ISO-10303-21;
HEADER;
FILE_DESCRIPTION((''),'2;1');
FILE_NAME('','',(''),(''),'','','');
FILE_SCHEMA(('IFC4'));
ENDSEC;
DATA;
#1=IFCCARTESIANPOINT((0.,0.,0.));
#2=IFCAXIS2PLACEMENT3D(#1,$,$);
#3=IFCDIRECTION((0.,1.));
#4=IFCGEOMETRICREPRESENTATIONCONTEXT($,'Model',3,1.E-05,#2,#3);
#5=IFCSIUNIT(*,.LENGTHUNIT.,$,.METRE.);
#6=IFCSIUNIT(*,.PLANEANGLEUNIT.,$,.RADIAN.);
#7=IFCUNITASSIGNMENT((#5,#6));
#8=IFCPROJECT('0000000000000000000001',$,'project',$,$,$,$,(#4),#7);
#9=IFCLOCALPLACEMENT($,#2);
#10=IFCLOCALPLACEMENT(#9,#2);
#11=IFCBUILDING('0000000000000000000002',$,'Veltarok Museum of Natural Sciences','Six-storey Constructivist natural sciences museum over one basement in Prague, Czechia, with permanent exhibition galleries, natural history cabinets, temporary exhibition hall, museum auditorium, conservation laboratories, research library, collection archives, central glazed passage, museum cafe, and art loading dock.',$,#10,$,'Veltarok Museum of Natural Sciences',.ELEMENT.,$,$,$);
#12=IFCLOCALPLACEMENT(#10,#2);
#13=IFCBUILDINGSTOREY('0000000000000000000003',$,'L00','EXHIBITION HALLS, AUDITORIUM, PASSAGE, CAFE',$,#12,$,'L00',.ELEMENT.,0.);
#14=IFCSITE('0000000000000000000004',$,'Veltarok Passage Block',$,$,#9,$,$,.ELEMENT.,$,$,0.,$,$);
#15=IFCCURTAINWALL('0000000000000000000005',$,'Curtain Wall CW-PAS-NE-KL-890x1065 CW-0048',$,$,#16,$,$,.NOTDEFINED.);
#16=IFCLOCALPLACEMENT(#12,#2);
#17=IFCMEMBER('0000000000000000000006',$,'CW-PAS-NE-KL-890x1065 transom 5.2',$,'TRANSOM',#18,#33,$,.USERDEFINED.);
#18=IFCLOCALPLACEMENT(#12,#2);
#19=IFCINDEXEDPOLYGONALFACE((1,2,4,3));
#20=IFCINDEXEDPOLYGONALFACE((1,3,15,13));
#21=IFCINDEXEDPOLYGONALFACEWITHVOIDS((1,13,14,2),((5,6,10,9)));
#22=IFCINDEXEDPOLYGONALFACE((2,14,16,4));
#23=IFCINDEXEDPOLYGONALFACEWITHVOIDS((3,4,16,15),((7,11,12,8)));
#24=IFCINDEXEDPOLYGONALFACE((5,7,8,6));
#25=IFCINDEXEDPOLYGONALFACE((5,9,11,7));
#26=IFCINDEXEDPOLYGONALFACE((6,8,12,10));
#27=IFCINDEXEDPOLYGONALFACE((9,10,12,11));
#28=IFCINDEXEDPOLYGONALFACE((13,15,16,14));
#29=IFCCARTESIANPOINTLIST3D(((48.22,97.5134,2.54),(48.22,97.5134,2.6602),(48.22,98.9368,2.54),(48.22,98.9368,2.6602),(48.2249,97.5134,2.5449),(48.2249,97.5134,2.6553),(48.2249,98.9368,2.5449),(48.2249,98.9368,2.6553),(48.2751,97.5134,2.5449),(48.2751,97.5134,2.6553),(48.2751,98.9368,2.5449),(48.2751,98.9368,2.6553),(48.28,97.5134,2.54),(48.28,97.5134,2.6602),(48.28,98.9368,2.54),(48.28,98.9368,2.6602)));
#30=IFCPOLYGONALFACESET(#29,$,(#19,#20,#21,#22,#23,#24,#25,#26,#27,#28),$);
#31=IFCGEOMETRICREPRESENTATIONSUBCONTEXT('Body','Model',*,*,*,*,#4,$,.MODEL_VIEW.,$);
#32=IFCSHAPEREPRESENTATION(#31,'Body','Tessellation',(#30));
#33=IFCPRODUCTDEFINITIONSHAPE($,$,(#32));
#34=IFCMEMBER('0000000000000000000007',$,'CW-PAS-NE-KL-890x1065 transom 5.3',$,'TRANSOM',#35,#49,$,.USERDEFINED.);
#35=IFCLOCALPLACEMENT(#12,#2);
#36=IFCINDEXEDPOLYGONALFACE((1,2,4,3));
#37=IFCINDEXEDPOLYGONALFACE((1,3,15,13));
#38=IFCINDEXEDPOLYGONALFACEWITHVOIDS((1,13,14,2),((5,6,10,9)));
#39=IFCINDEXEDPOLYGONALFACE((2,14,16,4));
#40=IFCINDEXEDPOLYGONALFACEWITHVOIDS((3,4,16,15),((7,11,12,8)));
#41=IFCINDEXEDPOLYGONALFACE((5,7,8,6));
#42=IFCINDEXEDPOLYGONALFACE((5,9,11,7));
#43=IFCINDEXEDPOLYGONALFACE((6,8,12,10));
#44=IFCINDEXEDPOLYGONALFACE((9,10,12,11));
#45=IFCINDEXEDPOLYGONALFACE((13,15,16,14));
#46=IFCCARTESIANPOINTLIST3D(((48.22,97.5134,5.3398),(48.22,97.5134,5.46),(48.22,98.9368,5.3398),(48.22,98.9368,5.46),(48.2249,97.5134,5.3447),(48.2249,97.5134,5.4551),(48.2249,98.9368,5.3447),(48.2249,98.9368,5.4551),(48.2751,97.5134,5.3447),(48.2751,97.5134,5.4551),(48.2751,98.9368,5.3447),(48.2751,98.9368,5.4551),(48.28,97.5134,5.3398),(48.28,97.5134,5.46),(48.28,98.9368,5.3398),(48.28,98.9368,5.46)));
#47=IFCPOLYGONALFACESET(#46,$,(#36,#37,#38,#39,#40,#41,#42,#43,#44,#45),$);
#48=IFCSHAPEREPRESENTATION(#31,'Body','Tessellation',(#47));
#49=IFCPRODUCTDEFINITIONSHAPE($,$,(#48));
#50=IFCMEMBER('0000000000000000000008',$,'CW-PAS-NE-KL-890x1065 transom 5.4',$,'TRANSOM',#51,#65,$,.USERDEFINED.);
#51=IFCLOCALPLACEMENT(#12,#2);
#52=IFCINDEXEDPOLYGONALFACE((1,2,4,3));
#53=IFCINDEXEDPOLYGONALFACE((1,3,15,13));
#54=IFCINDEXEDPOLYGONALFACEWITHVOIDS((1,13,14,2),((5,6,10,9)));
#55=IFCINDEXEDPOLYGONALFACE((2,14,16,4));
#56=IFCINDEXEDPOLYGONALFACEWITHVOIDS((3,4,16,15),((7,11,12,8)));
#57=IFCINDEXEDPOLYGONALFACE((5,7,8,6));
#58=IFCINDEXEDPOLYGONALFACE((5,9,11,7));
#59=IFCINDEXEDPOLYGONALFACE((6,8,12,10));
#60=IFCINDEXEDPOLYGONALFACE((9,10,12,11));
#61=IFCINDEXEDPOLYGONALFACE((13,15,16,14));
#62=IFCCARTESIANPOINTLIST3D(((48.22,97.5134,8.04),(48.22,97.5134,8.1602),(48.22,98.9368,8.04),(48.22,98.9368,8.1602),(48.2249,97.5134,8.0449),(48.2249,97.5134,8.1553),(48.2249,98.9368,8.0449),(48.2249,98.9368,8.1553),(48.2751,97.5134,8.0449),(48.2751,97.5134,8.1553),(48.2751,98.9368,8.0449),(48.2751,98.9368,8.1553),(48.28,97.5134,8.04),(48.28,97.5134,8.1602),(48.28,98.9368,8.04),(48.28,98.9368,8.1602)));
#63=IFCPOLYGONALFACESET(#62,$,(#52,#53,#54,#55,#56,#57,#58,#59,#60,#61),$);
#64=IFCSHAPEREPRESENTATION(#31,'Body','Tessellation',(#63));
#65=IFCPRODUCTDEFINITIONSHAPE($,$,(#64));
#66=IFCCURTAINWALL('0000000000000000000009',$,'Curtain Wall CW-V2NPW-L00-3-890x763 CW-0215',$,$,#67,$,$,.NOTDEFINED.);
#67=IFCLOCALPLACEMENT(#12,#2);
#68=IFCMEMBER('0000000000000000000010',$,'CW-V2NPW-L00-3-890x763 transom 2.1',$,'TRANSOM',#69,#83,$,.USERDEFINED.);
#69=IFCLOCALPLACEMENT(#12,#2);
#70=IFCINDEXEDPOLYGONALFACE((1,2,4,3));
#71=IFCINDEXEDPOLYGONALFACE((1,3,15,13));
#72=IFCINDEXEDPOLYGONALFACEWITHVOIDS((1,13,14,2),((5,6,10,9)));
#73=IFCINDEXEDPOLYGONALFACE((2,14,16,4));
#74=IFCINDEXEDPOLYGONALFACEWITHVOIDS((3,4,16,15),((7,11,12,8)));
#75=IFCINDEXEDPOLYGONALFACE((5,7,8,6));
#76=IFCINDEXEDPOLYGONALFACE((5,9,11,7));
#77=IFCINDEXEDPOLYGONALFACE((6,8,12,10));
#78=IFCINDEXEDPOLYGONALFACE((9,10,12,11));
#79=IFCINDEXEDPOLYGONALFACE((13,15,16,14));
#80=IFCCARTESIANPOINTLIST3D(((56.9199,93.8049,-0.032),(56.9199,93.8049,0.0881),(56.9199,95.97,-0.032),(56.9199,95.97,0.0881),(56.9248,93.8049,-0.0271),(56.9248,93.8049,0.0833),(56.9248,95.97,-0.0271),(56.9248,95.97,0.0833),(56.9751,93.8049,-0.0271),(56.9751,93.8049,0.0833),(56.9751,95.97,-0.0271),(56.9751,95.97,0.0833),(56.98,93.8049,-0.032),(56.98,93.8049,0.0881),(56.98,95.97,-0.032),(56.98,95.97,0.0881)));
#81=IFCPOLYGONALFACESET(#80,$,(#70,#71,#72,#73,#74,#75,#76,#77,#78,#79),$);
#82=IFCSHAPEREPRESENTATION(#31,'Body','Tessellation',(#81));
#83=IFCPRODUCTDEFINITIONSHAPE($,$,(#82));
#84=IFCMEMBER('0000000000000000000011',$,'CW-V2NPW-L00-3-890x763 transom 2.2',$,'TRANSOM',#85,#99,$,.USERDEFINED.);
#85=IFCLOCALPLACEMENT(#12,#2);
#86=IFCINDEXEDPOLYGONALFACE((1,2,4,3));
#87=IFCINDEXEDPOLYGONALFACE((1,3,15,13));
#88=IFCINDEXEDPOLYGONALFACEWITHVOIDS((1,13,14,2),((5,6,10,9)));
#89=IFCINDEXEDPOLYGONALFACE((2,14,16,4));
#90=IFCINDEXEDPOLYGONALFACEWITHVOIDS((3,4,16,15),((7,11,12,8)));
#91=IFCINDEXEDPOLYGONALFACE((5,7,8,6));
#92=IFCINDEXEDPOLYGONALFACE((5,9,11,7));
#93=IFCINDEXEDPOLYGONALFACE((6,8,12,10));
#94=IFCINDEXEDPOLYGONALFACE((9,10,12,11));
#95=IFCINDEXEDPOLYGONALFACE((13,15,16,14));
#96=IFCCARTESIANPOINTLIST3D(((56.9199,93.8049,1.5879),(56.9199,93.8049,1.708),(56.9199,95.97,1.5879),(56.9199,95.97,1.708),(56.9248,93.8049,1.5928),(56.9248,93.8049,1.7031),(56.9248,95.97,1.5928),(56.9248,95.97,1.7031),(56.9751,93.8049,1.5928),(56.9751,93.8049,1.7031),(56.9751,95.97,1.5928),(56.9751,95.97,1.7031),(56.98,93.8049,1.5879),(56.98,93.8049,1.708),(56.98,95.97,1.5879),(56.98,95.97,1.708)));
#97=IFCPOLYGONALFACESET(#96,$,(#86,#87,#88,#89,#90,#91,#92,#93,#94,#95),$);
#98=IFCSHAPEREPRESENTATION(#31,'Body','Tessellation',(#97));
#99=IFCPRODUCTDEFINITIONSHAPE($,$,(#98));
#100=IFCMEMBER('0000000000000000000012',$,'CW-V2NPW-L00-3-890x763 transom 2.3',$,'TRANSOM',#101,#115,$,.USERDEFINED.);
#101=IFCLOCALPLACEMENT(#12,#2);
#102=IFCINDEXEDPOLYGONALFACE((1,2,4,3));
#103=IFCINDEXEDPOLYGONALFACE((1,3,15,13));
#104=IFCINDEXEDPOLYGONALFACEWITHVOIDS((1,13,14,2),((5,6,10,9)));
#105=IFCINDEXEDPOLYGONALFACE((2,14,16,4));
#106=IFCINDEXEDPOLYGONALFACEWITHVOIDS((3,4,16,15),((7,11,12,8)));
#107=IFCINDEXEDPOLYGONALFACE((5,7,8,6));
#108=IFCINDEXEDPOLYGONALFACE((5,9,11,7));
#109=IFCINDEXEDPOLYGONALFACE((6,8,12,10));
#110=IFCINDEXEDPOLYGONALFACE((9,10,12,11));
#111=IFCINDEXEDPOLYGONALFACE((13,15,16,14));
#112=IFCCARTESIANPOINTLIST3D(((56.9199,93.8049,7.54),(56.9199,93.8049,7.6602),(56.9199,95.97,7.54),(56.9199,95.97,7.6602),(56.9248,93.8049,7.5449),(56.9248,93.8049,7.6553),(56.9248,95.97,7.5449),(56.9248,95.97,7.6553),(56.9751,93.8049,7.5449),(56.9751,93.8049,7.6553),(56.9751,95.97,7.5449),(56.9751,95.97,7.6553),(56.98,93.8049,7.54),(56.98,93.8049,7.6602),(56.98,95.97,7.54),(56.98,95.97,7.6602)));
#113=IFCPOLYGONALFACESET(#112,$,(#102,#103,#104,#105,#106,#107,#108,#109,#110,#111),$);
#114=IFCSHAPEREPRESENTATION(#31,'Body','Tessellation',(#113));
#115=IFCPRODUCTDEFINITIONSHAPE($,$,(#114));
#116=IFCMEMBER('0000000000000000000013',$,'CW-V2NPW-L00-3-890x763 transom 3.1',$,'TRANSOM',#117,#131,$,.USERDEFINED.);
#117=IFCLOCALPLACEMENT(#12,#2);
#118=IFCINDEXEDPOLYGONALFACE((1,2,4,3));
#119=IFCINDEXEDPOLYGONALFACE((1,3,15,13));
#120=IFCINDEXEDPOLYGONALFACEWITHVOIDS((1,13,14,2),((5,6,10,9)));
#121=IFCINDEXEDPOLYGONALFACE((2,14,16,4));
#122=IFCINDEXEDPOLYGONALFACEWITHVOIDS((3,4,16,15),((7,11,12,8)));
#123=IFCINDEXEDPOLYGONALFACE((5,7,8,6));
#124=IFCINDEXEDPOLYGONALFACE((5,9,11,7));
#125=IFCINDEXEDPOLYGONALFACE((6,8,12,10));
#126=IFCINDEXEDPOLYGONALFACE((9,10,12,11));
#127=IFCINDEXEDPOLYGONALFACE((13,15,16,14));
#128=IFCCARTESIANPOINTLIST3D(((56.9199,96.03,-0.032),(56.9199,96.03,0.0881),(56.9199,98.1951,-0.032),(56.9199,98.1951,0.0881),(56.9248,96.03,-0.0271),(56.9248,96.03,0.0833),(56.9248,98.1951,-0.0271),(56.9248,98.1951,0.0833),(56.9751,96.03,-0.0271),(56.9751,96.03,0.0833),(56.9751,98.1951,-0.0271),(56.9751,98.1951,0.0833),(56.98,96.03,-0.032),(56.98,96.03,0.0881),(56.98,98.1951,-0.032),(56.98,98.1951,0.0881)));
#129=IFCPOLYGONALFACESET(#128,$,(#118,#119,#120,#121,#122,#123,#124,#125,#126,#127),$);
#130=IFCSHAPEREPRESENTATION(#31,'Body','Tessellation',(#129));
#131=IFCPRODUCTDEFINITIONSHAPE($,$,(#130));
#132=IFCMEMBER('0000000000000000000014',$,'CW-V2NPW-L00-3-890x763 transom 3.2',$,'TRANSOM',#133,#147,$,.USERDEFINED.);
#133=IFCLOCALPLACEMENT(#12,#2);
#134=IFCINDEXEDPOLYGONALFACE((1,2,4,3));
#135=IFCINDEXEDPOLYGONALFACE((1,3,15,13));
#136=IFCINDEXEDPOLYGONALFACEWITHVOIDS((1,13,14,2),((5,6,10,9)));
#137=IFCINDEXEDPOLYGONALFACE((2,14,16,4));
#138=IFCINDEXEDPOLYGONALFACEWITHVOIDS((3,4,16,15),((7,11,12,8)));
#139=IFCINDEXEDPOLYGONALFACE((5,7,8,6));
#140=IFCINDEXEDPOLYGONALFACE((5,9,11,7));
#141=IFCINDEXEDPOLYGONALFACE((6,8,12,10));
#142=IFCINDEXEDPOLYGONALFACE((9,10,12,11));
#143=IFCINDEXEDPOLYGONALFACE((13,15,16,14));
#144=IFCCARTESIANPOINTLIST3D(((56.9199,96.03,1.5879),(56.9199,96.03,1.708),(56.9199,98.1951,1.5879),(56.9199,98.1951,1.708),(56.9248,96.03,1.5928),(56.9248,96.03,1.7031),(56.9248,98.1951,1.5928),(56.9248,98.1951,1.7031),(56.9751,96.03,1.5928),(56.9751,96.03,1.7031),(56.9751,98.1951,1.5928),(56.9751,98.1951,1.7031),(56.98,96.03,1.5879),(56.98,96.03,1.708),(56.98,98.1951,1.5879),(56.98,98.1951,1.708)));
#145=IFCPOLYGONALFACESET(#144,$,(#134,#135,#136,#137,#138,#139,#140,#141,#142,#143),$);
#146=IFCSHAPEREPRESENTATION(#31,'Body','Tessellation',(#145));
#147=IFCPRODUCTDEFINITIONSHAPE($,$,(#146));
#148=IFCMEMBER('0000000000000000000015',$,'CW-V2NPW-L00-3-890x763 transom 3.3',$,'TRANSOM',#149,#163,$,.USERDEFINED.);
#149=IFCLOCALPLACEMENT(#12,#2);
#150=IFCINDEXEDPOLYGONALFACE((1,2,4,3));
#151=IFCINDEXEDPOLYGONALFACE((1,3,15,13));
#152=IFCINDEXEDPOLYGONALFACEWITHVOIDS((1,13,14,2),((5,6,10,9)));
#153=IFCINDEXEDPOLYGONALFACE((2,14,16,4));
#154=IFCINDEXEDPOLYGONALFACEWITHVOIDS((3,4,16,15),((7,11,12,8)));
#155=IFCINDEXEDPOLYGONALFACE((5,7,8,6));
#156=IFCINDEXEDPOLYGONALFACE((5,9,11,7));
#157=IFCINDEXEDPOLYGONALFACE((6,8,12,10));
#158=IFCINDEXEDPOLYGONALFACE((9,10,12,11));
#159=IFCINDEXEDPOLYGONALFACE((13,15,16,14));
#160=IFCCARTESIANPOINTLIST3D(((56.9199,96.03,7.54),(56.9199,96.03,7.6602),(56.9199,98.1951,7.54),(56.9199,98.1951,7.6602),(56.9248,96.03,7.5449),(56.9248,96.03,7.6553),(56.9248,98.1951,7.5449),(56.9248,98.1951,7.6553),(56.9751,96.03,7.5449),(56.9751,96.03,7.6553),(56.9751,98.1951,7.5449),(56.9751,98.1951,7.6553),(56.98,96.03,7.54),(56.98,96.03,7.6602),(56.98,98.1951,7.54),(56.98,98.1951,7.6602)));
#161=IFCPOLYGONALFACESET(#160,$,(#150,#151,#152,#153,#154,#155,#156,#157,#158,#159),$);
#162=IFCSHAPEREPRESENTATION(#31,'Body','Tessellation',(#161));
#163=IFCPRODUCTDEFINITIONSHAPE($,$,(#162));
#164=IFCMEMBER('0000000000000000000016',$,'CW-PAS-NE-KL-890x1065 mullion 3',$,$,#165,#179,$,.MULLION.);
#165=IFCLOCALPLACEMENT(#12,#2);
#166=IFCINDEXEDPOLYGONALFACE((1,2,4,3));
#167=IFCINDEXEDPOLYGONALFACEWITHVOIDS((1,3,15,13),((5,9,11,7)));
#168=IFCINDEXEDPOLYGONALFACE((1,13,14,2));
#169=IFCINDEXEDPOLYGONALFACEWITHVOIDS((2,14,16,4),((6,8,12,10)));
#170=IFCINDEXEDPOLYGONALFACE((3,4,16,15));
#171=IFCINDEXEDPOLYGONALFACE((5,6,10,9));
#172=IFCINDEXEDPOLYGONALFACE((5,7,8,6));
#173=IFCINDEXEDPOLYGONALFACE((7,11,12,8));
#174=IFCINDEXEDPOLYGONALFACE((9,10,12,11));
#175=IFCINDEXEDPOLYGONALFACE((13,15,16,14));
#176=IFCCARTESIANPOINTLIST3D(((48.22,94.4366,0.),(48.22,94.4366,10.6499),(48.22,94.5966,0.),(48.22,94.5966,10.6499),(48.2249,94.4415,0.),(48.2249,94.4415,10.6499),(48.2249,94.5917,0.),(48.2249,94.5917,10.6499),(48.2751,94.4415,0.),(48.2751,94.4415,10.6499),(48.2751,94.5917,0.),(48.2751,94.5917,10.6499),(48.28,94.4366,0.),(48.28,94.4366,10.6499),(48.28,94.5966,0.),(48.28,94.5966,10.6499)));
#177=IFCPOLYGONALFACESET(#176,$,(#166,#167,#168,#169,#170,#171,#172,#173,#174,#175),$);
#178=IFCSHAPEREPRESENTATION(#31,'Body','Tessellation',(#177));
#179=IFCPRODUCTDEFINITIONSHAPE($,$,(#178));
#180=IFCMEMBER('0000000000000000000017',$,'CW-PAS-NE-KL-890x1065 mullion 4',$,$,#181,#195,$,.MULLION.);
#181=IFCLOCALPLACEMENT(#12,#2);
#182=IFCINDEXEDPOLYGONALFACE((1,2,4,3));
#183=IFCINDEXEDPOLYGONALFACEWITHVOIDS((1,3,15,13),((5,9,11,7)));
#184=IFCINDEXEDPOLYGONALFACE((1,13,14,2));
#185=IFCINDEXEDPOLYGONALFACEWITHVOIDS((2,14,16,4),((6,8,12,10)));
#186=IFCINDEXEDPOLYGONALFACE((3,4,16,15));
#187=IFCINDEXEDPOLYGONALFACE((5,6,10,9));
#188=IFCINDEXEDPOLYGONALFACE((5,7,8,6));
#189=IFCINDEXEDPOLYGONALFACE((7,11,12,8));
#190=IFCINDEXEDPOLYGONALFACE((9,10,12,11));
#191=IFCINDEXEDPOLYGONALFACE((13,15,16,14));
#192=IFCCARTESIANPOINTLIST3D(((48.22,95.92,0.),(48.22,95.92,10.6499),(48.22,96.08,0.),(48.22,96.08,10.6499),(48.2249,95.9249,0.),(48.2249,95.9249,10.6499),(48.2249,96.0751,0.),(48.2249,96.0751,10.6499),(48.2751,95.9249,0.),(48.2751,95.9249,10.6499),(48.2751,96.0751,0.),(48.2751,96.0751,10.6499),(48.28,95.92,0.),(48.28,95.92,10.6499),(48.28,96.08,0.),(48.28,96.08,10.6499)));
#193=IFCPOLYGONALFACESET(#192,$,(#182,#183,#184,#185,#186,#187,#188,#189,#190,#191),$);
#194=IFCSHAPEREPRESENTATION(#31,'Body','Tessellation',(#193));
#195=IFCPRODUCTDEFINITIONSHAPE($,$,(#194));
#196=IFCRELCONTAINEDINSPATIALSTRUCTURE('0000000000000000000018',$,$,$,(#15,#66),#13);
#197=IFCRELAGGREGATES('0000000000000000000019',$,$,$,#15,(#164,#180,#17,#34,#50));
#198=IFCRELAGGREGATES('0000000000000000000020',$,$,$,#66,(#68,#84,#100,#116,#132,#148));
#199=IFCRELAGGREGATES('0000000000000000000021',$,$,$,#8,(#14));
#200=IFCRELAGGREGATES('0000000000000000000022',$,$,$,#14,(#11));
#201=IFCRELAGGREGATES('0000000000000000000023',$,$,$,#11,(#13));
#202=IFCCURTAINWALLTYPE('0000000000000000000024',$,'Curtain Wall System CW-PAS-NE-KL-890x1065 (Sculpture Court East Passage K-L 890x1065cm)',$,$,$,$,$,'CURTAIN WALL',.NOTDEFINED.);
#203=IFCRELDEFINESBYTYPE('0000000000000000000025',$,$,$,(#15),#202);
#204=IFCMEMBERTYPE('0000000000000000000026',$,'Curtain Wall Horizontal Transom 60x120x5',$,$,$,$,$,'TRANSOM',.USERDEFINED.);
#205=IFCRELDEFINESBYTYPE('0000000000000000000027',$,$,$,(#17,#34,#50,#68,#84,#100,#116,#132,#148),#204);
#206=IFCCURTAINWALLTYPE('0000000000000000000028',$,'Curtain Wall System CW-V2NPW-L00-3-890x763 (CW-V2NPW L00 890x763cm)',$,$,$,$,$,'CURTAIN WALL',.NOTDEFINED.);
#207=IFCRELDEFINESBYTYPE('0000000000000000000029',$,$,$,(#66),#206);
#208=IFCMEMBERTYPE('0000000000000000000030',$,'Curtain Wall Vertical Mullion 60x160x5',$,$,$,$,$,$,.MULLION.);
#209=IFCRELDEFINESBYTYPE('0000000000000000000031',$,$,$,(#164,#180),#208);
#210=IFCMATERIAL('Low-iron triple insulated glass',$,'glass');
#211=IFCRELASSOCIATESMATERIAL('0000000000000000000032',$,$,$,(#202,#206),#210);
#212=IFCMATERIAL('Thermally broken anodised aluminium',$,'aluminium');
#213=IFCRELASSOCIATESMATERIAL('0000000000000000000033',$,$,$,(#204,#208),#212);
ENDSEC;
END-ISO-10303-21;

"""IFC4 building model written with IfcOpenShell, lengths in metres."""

from ifc_helpers import new_model, si_unit, direction, frame, origin, origin_2d, place, context, subcontext, project, spatial, hollow_rectangle, extrude, material, material_profile, profile_set, type_object, element, aggregate, save


model = new_model("IFC4")

# Units and contexts
model_context = context("Model", 3, precision=1e-05, world=origin(), true_north=direction((0.0, 1.0)))
body_context = subcontext(model_context, "Body", "Model", "MODEL_VIEW")
ifc_project = project(units=[si_unit("LENGTHUNIT", "METRE"), si_unit("PLANEANGLEUNIT", "RADIAN")], contexts=[model_context])

# Site, building, storey
site_placement = place(None, origin())
site = spatial("IfcSite", under=ifc_project, at=site_placement, Name="Veltarok Passage Block", CompositionType="ELEMENT", RefElevation=0.0)
building_placement = place(site_placement, origin())
building = spatial("IfcBuilding", under=site, at=building_placement, Name="Veltarok Museum of Natural Sciences", Description="Six-storey Constructivist natural sciences museum over one basement in Prague, Czechia, with permanent exhibition galleries, natural history cabinets, temporary exhibition hall, museum auditorium, conservation laboratories, research library, collection archives, central glazed passage, museum cafe, and art loading dock.", LongName="Veltarok Museum of Natural Sciences", CompositionType="ELEMENT")
storey_placement = place(building_placement, origin())
storey = spatial("IfcBuildingStorey", under=building, at=storey_placement, Name="L00", Description="EXHIBITION HALLS, AUDITORIUM, PASSAGE, CAFE", LongName="L00", CompositionType="ELEMENT", Elevation=0.0)

# Curtain walls, members
ifc_material_1 = material(Name="Low-iron triple insulated glass", Category="glass")
curtain_wall_type_1 = type_object("IfcCurtainWallType", Name="Curtain Wall System CW-PAS-NE-KL-890x1065 (Sculpture Court East Passage K-L 890x1065cm)", ElementType="CURTAIN WALL", PredefinedType="NOTDEFINED", material=ifc_material_1)
curtain_wall_1_placement = place(storey_placement, origin())
curtain_wall_1 = element("IfcCurtainWall", 1, at=curtain_wall_1_placement, inside=storey, type_object=curtain_wall_type_1, Name="Curtain Wall CW-PAS-NE-KL-890x1065 CW-0048", PredefinedType="NOTDEFINED")
ifc_material_2 = material(Name="Thermally broken anodised aluminium", Category="aluminium")
ifc_material_profile_1 = material_profile(ifc_material_2, hollow_rectangle(XDim=0.0601, YDim=0.1201, WallThickness=0.0049, at=origin_2d()), Name="CW TRANSOM 60x120x5")
ifc_profile_set_1 = profile_set([ifc_material_profile_1], Name="Thermally broken anodised aluminium")
member_type_1 = type_object("IfcMemberType", Name="Curtain Wall Horizontal Transom 60x120x5", ElementType="TRANSOM", PredefinedType="USERDEFINED", material=ifc_profile_set_1)
member_1_placement = place(storey_placement, frame((48.25, 97.5134, 2.6001), z_axis=(0.0, 1.0, 0.0), x_axis=(-1.0, 0.0, 0.0)))
member_1 = element("IfcMember", 2, at=member_1_placement, type_object=member_type_1, Name="CW-PAS-NE-KL-890x1065 transom 5.2", ObjectType="TRANSOM", PredefinedType="USERDEFINED", context=body_context, shape_type="SweptSolid", body=[
    extrude(hollow_rectangle(XDim=0.0601, YDim=0.1201, WallThickness=0.0049, at=origin_2d()), origin(), (0.0, 0.0, 1.0), 1.4233),
])
member_2_placement = place(storey_placement, frame((48.25, 97.5134, 5.3999), z_axis=(0.0, 1.0, 0.0), x_axis=(-1.0, 0.0, 0.0)))
member_2 = element("IfcMember", 3, at=member_2_placement, type_object=member_type_1, Name="CW-PAS-NE-KL-890x1065 transom 5.3", ObjectType="TRANSOM", PredefinedType="USERDEFINED", context=body_context, shape_type="SweptSolid", body=[
    extrude(hollow_rectangle(XDim=0.0601, YDim=0.1201, WallThickness=0.0049, at=origin_2d()), origin(), (0.0, 0.0, 1.0), 1.4233),
])
member_3_placement = place(storey_placement, frame((48.25, 97.5134, 8.1001), z_axis=(0.0, 1.0, 0.0), x_axis=(-1.0, 0.0, 0.0)))
member_3 = element("IfcMember", 4, at=member_3_placement, type_object=member_type_1, Name="CW-PAS-NE-KL-890x1065 transom 5.4", ObjectType="TRANSOM", PredefinedType="USERDEFINED", context=body_context, shape_type="SweptSolid", body=[
    extrude(hollow_rectangle(XDim=0.0601, YDim=0.1201, WallThickness=0.0049, at=origin_2d()), origin(), (0.0, 0.0, 1.0), 1.4233),
])
curtain_wall_type_2 = type_object("IfcCurtainWallType", Name="Curtain Wall System CW-V2NPW-L00-3-890x763 (CW-V2NPW L00 890x763cm)", ElementType="CURTAIN WALL", PredefinedType="NOTDEFINED", material=ifc_material_1)
curtain_wall_2_placement = place(storey_placement, origin())
curtain_wall_2 = element("IfcCurtainWall", 5, at=curtain_wall_2_placement, inside=storey, type_object=curtain_wall_type_2, Name="Curtain Wall CW-V2NPW-L00-3-890x763 CW-0215", PredefinedType="NOTDEFINED")
member_4_placement = place(storey_placement, frame((56.95, 93.8049, 0.0281), z_axis=(0.0, 1.0, 0.0), x_axis=(-1.0, 0.0, 0.0)))
member_4 = element("IfcMember", 6, at=member_4_placement, type_object=member_type_1, Name="CW-V2NPW-L00-3-890x763 transom 2.1", ObjectType="TRANSOM", PredefinedType="USERDEFINED", context=body_context, shape_type="SweptSolid", body=[
    extrude(hollow_rectangle(XDim=0.0601, YDim=0.1201, WallThickness=0.0049, at=origin_2d()), origin(), (0.0, 0.0, 1.0), 2.165),
])
member_5_placement = place(storey_placement, frame((56.95, 93.8049, 1.6479), z_axis=(0.0, 1.0, 0.0), x_axis=(-1.0, 0.0, 0.0)))
member_5 = element("IfcMember", 7, at=member_5_placement, type_object=member_type_1, Name="CW-V2NPW-L00-3-890x763 transom 2.2", ObjectType="TRANSOM", PredefinedType="USERDEFINED", context=body_context, shape_type="SweptSolid", body=[
    extrude(hollow_rectangle(XDim=0.0601, YDim=0.1201, WallThickness=0.0049, at=origin_2d()), origin(), (0.0, 0.0, 1.0), 2.165),
])
member_6_placement = place(storey_placement, frame((56.95, 93.8049, 7.6001), z_axis=(0.0, 1.0, 0.0), x_axis=(-1.0, 0.0, 0.0)))
member_6 = element("IfcMember", 8, at=member_6_placement, type_object=member_type_1, Name="CW-V2NPW-L00-3-890x763 transom 2.3", ObjectType="TRANSOM", PredefinedType="USERDEFINED", context=body_context, shape_type="SweptSolid", body=[
    extrude(hollow_rectangle(XDim=0.0601, YDim=0.1201, WallThickness=0.0049, at=origin_2d()), origin(), (0.0, 0.0, 1.0), 2.165),
])
member_7_placement = place(storey_placement, frame((56.95, 96.03, 0.0281), z_axis=(0.0, 1.0, 0.0), x_axis=(-1.0, 0.0, 0.0)))
member_7 = element("IfcMember", 9, at=member_7_placement, type_object=member_type_1, Name="CW-V2NPW-L00-3-890x763 transom 3.1", ObjectType="TRANSOM", PredefinedType="USERDEFINED", context=body_context, shape_type="SweptSolid", body=[
    extrude(hollow_rectangle(XDim=0.0601, YDim=0.1201, WallThickness=0.0049, at=origin_2d()), origin(), (0.0, 0.0, 1.0), 2.165),
])
member_8_placement = place(storey_placement, frame((56.95, 96.03, 1.6479), z_axis=(0.0, 1.0, 0.0), x_axis=(-1.0, 0.0, 0.0)))
member_8 = element("IfcMember", 10, at=member_8_placement, type_object=member_type_1, Name="CW-V2NPW-L00-3-890x763 transom 3.2", ObjectType="TRANSOM", PredefinedType="USERDEFINED", context=body_context, shape_type="SweptSolid", body=[
    extrude(hollow_rectangle(XDim=0.0601, YDim=0.1201, WallThickness=0.0049, at=origin_2d()), origin(), (0.0, 0.0, 1.0), 2.165),
])
member_9_placement = place(storey_placement, frame((56.95, 96.03, 7.6001), z_axis=(0.0, 1.0, 0.0), x_axis=(-1.0, 0.0, 0.0)))
member_9 = element("IfcMember", 11, at=member_9_placement, type_object=member_type_1, Name="CW-V2NPW-L00-3-890x763 transom 3.3", ObjectType="TRANSOM", PredefinedType="USERDEFINED", context=body_context, shape_type="SweptSolid", body=[
    extrude(hollow_rectangle(XDim=0.0601, YDim=0.1201, WallThickness=0.0049, at=origin_2d()), origin(), (0.0, 0.0, 1.0), 2.165),
])

# Members
ifc_material_profile_2 = material_profile(ifc_material_2, hollow_rectangle(XDim=0.0601, YDim=0.1599, WallThickness=0.0049, at=origin_2d()), Name="CW MULLION 60x160x5")
ifc_profile_set_2 = profile_set([ifc_material_profile_2], Name="Thermally broken anodised aluminium")
member_type_2 = type_object("IfcMemberType", Name="Curtain Wall Vertical Mullion 60x160x5", PredefinedType="MULLION", material=ifc_profile_set_2)
member_10_placement = place(storey_placement, frame((48.25, 94.5166, 0.0), z_axis=(0.0, 0.0, 1.0), x_axis=(-1.0, 0.0, 0.0)))
member_10 = element("IfcMember", 12, at=member_10_placement, type_object=member_type_2, Name="CW-PAS-NE-KL-890x1065 mullion 3", PredefinedType="MULLION", context=body_context, shape_type="SweptSolid", body=[
    extrude(hollow_rectangle(XDim=0.0601, YDim=0.1599, WallThickness=0.0049, at=origin_2d()), origin(), (0.0, 0.0, 1.0), 10.6499),
])
member_11_placement = place(storey_placement, frame((48.25, 96.0, 0.0), z_axis=(0.0, 0.0, 1.0), x_axis=(-1.0, 0.0, 0.0)))
member_11 = element("IfcMember", 13, at=member_11_placement, type_object=member_type_2, Name="CW-PAS-NE-KL-890x1065 mullion 4", PredefinedType="MULLION", context=body_context, shape_type="SweptSolid", body=[
    extrude(hollow_rectangle(XDim=0.0601, YDim=0.1599, WallThickness=0.0049, at=origin_2d()), origin(), (0.0, 0.0, 1.0), 10.6499),
])

aggregate(curtain_wall_1, [member_10, member_11, member_1, member_2, member_3])
aggregate(curtain_wall_2, [member_4, member_5, member_6, member_7, member_8, member_9])

save(model, "model.ifc")
